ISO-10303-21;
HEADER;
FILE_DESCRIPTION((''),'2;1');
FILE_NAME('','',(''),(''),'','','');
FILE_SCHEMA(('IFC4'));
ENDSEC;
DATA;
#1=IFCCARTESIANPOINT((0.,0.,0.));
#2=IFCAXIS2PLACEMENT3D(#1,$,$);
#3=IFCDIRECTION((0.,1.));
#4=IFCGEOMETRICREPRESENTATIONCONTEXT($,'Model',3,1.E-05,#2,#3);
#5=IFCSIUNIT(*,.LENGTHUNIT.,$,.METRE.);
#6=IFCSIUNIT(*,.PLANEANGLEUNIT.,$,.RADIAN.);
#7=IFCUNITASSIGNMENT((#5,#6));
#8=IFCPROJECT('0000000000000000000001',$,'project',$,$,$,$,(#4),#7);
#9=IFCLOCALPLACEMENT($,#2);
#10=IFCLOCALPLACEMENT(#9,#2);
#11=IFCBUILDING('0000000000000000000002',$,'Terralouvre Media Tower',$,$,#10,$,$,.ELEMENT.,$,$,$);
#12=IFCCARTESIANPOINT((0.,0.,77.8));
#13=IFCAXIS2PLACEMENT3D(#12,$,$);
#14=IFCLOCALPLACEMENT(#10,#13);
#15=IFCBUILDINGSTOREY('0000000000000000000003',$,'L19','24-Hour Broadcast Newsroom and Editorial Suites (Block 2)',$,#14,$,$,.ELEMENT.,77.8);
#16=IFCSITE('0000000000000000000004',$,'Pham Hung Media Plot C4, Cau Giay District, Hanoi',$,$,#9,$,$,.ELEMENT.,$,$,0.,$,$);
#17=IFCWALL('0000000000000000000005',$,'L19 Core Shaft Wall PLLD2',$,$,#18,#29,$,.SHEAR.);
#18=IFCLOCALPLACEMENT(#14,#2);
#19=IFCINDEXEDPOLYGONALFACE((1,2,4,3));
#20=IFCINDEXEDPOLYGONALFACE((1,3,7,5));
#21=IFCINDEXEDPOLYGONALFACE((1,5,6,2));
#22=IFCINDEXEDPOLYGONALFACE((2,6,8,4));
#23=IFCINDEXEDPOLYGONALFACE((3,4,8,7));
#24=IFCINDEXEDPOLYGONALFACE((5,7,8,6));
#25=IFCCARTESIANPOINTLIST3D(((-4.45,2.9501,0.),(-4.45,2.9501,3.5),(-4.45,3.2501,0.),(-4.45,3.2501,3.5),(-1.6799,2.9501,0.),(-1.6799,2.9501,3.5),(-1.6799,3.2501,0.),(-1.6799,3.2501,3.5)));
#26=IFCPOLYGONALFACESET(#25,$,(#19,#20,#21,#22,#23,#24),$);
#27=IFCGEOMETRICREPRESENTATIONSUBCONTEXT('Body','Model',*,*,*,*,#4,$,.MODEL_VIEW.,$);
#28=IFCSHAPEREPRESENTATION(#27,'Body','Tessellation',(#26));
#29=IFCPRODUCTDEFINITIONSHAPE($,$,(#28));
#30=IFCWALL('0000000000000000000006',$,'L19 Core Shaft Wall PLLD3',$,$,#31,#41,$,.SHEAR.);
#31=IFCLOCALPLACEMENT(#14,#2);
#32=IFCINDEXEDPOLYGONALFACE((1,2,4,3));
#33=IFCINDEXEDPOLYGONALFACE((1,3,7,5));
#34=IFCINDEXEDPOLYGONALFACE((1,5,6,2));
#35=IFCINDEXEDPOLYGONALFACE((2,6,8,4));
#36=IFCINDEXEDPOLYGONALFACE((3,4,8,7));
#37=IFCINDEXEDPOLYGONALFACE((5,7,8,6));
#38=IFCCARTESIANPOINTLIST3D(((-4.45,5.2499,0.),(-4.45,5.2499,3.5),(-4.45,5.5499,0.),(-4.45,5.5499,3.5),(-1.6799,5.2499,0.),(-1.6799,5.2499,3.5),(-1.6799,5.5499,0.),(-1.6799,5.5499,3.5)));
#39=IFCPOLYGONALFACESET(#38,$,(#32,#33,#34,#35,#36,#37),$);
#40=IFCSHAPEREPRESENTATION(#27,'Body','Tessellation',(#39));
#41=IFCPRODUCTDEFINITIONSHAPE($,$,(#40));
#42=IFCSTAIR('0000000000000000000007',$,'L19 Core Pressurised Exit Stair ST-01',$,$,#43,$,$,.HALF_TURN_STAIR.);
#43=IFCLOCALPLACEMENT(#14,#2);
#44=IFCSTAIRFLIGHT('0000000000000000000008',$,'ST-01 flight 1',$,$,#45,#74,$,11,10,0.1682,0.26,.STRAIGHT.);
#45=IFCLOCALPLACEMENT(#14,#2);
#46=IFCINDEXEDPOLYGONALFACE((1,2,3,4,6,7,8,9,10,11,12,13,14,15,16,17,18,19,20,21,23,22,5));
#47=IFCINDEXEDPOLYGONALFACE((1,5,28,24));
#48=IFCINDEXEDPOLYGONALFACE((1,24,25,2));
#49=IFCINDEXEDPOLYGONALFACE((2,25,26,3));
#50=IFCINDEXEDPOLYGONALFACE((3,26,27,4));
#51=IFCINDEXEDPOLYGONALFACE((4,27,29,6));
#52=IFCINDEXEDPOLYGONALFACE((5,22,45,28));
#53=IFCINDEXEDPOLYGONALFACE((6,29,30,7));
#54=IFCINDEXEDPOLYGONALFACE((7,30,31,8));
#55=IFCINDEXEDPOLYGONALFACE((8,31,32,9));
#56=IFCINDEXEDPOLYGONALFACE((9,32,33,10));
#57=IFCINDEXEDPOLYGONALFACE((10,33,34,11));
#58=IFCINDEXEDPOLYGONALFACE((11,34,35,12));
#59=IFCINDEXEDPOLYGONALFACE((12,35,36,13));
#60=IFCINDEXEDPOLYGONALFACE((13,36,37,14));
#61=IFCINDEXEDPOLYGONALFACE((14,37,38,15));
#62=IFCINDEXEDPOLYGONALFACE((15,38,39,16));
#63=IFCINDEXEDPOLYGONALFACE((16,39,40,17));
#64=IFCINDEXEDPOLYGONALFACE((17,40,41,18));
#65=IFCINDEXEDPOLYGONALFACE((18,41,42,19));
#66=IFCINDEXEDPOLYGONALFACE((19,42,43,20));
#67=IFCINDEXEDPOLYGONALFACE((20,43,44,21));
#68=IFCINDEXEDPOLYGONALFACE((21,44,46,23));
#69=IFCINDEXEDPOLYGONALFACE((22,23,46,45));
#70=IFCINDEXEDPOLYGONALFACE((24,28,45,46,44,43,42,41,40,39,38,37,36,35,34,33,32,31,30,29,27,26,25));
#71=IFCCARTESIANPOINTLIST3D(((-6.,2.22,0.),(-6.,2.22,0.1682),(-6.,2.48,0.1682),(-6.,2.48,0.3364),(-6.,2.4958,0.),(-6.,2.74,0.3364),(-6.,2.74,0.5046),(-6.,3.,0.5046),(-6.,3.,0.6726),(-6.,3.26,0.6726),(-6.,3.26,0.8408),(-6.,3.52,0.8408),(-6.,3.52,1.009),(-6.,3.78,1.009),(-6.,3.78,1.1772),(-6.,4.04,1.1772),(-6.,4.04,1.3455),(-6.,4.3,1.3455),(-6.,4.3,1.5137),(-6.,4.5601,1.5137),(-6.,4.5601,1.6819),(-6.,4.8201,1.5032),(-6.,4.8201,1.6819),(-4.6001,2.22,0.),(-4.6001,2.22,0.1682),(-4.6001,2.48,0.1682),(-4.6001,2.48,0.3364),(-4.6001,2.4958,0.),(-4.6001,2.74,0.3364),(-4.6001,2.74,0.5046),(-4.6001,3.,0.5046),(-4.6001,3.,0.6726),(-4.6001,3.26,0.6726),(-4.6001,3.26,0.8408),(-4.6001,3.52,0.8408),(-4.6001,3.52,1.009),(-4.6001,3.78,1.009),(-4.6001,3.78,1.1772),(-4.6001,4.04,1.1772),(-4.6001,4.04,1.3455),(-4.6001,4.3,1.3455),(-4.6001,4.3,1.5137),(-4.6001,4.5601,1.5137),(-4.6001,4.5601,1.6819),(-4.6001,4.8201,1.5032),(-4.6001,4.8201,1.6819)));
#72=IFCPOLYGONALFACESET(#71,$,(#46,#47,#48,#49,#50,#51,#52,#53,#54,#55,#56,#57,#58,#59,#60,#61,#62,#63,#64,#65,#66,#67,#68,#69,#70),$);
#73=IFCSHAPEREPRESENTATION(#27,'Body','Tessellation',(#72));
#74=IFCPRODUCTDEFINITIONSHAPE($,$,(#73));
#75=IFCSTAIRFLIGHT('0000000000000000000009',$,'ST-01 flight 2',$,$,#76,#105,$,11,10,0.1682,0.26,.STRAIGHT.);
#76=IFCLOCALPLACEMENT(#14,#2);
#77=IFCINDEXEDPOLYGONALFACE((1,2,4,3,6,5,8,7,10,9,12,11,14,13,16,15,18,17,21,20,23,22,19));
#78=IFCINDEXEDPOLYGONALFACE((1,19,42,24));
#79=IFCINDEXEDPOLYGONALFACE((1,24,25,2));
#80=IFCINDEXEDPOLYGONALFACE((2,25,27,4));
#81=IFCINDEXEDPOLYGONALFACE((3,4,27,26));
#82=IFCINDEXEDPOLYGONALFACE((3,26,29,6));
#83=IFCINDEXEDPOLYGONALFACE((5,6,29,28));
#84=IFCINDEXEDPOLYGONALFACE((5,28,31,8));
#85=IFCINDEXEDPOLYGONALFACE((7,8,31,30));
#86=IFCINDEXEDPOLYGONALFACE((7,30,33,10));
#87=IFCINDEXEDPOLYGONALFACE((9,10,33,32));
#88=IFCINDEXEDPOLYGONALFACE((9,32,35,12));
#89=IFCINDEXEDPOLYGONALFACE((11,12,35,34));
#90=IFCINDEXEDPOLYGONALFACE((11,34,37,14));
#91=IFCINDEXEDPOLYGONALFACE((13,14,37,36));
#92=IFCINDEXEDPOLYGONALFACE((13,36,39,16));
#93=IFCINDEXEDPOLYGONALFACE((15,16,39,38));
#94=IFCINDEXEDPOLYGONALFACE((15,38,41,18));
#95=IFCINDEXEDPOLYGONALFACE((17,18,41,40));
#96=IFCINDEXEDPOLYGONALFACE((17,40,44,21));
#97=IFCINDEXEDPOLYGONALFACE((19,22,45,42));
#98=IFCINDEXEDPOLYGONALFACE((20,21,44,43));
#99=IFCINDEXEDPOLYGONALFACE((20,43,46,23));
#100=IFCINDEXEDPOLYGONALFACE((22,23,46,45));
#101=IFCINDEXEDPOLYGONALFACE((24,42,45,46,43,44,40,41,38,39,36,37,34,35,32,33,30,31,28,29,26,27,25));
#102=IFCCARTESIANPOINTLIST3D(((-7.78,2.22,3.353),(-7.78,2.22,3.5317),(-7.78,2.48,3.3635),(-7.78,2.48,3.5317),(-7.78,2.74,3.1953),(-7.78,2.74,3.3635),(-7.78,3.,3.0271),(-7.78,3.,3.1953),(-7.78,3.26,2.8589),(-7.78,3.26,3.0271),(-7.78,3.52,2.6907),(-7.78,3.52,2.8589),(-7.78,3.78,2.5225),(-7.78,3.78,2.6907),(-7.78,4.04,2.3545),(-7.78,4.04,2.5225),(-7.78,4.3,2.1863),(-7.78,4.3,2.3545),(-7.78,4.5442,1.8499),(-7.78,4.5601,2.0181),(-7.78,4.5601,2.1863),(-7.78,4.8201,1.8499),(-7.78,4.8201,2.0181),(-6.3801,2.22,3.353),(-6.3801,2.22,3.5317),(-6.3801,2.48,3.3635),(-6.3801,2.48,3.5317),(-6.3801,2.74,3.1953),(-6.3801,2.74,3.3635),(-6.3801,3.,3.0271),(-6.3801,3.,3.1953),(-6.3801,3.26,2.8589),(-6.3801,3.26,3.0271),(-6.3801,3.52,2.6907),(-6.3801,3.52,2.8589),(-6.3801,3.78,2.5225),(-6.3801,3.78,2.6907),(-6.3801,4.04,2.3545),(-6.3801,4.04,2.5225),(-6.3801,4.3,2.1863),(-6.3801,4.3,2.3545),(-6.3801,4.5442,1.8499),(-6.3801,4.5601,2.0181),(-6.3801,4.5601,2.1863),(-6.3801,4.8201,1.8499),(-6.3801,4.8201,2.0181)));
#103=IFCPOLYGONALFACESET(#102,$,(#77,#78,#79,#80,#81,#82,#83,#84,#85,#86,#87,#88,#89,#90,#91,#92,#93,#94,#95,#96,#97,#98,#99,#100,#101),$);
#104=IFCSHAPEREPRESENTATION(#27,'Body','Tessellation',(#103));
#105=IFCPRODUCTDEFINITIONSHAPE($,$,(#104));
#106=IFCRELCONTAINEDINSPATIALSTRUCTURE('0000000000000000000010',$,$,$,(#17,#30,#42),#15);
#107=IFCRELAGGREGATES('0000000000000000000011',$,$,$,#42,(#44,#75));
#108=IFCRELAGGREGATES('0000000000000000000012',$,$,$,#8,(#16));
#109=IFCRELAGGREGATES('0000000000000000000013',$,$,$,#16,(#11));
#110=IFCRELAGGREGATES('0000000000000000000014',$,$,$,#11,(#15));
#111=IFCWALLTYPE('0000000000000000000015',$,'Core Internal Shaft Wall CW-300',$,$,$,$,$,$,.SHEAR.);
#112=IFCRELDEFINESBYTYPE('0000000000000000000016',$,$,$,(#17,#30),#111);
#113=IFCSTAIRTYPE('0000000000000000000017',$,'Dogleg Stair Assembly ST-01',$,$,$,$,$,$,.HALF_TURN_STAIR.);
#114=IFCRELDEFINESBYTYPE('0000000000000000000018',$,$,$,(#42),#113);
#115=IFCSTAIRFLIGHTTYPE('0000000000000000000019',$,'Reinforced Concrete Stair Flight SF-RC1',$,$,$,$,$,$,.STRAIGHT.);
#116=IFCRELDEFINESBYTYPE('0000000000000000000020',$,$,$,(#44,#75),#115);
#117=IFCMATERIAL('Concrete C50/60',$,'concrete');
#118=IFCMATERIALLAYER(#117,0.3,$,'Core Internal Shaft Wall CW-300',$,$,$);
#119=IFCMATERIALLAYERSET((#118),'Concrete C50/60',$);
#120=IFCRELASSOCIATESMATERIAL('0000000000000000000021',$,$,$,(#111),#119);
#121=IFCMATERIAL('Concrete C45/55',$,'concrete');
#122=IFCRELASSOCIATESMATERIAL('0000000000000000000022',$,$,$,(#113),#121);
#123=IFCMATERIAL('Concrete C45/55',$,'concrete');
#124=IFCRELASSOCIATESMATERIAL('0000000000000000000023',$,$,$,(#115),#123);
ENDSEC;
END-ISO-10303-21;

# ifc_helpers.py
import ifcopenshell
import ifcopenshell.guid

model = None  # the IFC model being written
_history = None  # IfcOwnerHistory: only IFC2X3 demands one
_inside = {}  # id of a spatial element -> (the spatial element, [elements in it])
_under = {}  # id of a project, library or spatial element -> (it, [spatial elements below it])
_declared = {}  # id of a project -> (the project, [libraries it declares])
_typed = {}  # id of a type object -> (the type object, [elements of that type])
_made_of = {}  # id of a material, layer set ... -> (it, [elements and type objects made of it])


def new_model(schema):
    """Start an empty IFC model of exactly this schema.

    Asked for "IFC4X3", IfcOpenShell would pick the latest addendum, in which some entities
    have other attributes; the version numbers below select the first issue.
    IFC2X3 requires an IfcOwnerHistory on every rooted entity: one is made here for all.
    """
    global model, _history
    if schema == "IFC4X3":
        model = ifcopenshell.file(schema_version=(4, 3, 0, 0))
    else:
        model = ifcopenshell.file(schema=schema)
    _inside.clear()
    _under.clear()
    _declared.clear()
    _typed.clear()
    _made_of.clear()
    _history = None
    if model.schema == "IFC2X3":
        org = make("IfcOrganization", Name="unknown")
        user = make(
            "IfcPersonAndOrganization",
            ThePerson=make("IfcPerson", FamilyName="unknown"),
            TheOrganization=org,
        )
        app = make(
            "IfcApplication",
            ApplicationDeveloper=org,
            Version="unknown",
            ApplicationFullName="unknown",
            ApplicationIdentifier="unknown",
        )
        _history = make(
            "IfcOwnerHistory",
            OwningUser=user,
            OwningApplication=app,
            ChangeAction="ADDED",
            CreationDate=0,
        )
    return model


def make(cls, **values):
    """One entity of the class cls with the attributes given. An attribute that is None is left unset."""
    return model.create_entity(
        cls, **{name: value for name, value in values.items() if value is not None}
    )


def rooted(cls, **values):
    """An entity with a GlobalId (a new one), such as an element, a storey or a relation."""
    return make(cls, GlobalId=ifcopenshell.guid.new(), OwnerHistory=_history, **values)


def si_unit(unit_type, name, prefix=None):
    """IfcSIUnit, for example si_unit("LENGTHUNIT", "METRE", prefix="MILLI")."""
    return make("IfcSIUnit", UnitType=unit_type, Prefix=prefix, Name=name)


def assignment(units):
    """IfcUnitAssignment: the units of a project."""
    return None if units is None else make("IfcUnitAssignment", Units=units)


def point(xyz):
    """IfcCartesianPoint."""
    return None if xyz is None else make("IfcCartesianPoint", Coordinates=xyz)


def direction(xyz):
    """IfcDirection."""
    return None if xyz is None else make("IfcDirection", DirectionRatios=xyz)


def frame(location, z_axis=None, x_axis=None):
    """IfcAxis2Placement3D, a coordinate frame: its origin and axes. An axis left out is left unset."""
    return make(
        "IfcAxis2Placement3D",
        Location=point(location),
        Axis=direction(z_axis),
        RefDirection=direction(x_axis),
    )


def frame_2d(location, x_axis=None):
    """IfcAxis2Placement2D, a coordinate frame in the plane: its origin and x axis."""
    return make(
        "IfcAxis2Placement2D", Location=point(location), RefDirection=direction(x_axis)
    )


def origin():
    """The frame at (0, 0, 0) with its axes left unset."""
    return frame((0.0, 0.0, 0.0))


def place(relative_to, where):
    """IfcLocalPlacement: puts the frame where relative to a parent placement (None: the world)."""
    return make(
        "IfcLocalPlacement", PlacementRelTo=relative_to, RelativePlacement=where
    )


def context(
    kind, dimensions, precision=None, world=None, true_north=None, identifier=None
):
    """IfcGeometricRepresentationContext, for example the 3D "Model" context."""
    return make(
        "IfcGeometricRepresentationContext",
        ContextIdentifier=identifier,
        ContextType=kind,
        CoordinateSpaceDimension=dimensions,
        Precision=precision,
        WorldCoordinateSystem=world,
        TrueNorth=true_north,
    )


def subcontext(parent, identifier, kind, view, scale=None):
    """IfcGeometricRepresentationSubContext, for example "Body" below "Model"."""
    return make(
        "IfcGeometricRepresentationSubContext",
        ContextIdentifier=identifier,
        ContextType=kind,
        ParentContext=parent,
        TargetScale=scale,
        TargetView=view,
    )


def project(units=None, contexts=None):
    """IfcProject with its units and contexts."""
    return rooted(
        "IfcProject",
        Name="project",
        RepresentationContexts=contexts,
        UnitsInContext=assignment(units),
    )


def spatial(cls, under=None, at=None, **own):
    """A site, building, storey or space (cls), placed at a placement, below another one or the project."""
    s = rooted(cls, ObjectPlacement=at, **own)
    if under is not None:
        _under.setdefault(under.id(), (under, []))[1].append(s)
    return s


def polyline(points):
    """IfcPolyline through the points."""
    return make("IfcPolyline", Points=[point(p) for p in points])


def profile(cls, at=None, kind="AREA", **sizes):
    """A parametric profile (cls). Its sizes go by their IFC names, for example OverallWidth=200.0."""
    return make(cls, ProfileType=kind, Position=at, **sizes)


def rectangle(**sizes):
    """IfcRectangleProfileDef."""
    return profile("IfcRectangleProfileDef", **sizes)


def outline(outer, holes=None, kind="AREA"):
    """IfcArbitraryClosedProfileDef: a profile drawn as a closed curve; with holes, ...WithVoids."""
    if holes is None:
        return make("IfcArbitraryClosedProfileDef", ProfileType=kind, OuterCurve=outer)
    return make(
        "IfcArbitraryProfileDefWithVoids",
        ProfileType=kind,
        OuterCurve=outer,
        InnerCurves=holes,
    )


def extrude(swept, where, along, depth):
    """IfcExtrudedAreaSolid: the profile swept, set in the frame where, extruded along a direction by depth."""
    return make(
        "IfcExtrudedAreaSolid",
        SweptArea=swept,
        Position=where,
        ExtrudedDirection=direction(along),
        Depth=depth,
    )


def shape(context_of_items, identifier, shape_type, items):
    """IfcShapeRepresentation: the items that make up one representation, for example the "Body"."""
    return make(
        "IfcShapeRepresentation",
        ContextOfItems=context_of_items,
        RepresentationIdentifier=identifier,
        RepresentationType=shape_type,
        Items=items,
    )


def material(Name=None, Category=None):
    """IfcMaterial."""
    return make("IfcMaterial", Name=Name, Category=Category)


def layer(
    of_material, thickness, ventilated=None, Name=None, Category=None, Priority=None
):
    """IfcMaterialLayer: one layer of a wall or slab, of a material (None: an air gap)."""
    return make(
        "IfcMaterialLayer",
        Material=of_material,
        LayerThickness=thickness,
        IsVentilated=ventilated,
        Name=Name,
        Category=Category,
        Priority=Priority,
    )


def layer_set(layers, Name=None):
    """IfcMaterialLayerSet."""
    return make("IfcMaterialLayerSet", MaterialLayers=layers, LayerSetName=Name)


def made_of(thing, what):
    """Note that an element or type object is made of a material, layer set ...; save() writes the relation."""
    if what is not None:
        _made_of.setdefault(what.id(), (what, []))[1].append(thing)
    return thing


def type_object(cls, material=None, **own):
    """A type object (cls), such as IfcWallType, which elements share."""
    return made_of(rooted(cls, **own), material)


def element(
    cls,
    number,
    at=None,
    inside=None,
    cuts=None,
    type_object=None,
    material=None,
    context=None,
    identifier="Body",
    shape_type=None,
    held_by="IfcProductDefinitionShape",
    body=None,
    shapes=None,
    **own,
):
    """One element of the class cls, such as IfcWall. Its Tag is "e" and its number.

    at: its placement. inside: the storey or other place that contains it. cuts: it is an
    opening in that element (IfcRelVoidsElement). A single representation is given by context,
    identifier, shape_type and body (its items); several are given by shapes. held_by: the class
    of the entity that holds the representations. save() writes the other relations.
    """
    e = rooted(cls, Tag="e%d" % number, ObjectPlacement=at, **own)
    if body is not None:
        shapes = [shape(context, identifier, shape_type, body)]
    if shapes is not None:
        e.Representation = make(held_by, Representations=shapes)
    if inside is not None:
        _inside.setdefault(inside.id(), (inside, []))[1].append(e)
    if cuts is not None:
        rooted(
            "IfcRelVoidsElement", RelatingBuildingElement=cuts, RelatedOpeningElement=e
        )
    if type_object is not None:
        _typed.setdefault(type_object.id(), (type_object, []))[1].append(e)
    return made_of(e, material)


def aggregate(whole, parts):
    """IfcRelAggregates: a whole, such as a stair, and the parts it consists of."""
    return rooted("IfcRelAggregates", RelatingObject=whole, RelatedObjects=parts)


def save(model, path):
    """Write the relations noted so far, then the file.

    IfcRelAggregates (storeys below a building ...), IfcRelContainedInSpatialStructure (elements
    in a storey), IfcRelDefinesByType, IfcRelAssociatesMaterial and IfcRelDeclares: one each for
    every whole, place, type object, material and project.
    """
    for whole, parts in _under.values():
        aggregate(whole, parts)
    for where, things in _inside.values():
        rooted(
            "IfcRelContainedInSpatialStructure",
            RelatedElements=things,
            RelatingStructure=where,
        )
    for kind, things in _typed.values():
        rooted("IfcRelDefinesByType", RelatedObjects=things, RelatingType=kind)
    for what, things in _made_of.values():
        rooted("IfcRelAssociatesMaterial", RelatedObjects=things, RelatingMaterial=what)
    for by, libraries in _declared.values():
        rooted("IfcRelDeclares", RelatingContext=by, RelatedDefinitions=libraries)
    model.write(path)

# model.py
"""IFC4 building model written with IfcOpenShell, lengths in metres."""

from ifc_helpers import new_model, si_unit, direction, frame, frame_2d, origin, place, context, subcontext, project, spatial, polyline, rectangle, outline, extrude, material, layer, layer_set, type_object, element, aggregate, save


model = new_model("IFC4")

# Units and contexts
model_context = context("Model", 3, precision=1e-05, world=origin(), true_north=direction((0.0, 1.0)))
body_context = subcontext(model_context, "Body", "Model", "MODEL_VIEW")
ifc_project = project(units=[si_unit("LENGTHUNIT", "METRE"), si_unit("PLANEANGLEUNIT", "RADIAN")], contexts=[model_context])

# Site, building, storey
site_placement = place(None, origin())
site = spatial("IfcSite", under=ifc_project, at=site_placement, Name="Pham Hung Media Plot C4, Cau Giay District, Hanoi", CompositionType="ELEMENT", RefElevation=0.0)
building_placement = place(site_placement, origin())
building = spatial("IfcBuilding", under=site, at=building_placement, Name="Terralouvre Media Tower", CompositionType="ELEMENT")
storey_placement = place(building_placement, frame((0.0, 0.0, 77.8)))
storey = spatial("IfcBuildingStorey", under=building, at=storey_placement, Name="L19", Description="24-Hour Broadcast Newsroom and Editorial Suites (Block 2)", CompositionType="ELEMENT", Elevation=77.8)

# Shared definitions
ifc_material_1 = material(Name="Concrete C50/60", Category="concrete")
ifc_layer_1 = layer(ifc_material_1, 0.3, Name="Core Internal Shaft Wall CW-300")
ifc_layer_set_1 = layer_set([ifc_layer_1], Name="Concrete C50/60")
wall_type_1 = type_object("IfcWallType", Name="Core Internal Shaft Wall CW-300", PredefinedType="SHEAR", material=ifc_layer_set_1)

# Walls
for number, where, z_axis, x_axis, name in (
    (1, (-4.45, 3.1001, 0.0), (0.0, 0.0, 1.0), (1.0, 0.0, 0.0), "L19 Core Shaft Wall PLLD2"),
    (2, (-4.45, 5.3999, 0.0), (0.0, 0.0, 1.0), (1.0, 0.0, 0.0), "L19 Core Shaft Wall PLLD3"),
):
    element("IfcWall", number, at=place(storey_placement, frame(where, z_axis=z_axis, x_axis=x_axis)), inside=storey, type_object=wall_type_1, Name=name, PredefinedType="SHEAR", context=body_context, shape_type="SweptSolid", body=[
        extrude(rectangle(XDim=2.77, YDim=0.3, at=frame_2d((1.385, 0.0))), origin(), (0.0, 0.0, 1.0), 3.5),
    ])

# Stair, stair flights
ifc_material_2 = material(Name="Concrete C45/55", Category="concrete")
stair_type = type_object("IfcStairType", Name="Dogleg Stair Assembly ST-01", PredefinedType="HALF_TURN_STAIR", material=ifc_material_2)
stair_placement = place(storey_placement, origin())
stair = element("IfcStair", 3, at=stair_placement, inside=storey, type_object=stair_type, Name="L19 Core Pressurised Exit Stair ST-01", PredefinedType="HALF_TURN_STAIR")
ifc_material_3 = material(Name="Concrete C45/55", Category="concrete")
stair_flight_type = type_object("IfcStairFlightType", Name="Reinforced Concrete Stair Flight SF-RC1", PredefinedType="STRAIGHT", material=ifc_material_3)
stair_flight_1_placement = place(storey_placement, frame((-5.3, 2.22, 0.0), z_axis=(0.0, 0.0, 1.0), x_axis=(0.0, 1.0, 0.0)))
stair_flight_1 = element("IfcStairFlight", 4, at=stair_flight_1_placement, type_object=stair_flight_type, Name="ST-01 flight 1", NumberOfRisers=11, NumberOfTreads=10, PredefinedType="STRAIGHT", RiserHeight=0.1682, TreadLength=0.26, context=body_context, shape_type="SweptSolid", body=[
    extrude(outline(polyline([(0.0, 0.0), (0.0, 0.1682), (0.26, 0.1682), (0.26, 0.3364), (0.52, 0.3364), (0.52, 0.5046), (0.78, 0.5046), (0.78, 0.6726), (1.04, 0.6726), (1.04, 0.8408), (1.3, 0.8408), (1.3, 1.009), (1.5601, 1.009), (1.5601, 1.1772), (1.8201, 1.1772), (1.8201, 1.3455), (2.0801, 1.3455), (2.0801, 1.5137), (2.3401, 1.5137), (2.3401, 1.6819), (2.6001, 1.6819), (2.6001, 1.8501), (2.6001, 1.5032), (0.2759, 0.0), (0.0, 0.0)])), frame((0.0, 0.7, 0.0), z_axis=(0.0, -1.0, 0.0), x_axis=(1.0, 0.0, 0.0)), (0.0, 0.0, 1.0), 1.3999),
])
stair_flight_2_placement = place(storey_placement, frame((-7.0801, 4.8201, 1.8499), z_axis=(0.0, 0.0, 1.0), x_axis=(0.0, -1.0, 0.0)))
stair_flight_2 = element("IfcStairFlight", 5, at=stair_flight_2_placement, type_object=stair_flight_type, Name="ST-01 flight 2", NumberOfRisers=11, NumberOfTreads=10, PredefinedType="STRAIGHT", RiserHeight=0.1682, TreadLength=0.26, context=body_context, shape_type="SweptSolid", body=[
    extrude(outline(polyline([(0.0, 0.0), (0.0, 0.1682), (0.26, 0.1682), (0.26, 0.3364), (0.52, 0.3364), (0.52, 0.5046), (0.78, 0.5046), (0.78, 0.6726), (1.04, 0.6726), (1.04, 0.8408), (1.3, 0.8408), (1.3, 1.009), (1.5601, 1.009), (1.5601, 1.1772), (1.8201, 1.1772), (1.8201, 1.3455), (2.0801, 1.3455), (2.0801, 1.5137), (2.3401, 1.5137), (2.3401, 1.6819), (2.6001, 1.6819), (2.6001, 1.8501), (2.6001, 1.5032), (0.2759, 0.0), (0.0, 0.0)])), frame((0.0, 0.7, 0.0), z_axis=(0.0, -1.0, 0.0), x_axis=(1.0, 0.0, 0.0)), (0.0, 0.0, 1.0), 1.3999),
])
aggregate(stair, [stair_flight_1, stair_flight_2])

save(model, "model.ifc")
